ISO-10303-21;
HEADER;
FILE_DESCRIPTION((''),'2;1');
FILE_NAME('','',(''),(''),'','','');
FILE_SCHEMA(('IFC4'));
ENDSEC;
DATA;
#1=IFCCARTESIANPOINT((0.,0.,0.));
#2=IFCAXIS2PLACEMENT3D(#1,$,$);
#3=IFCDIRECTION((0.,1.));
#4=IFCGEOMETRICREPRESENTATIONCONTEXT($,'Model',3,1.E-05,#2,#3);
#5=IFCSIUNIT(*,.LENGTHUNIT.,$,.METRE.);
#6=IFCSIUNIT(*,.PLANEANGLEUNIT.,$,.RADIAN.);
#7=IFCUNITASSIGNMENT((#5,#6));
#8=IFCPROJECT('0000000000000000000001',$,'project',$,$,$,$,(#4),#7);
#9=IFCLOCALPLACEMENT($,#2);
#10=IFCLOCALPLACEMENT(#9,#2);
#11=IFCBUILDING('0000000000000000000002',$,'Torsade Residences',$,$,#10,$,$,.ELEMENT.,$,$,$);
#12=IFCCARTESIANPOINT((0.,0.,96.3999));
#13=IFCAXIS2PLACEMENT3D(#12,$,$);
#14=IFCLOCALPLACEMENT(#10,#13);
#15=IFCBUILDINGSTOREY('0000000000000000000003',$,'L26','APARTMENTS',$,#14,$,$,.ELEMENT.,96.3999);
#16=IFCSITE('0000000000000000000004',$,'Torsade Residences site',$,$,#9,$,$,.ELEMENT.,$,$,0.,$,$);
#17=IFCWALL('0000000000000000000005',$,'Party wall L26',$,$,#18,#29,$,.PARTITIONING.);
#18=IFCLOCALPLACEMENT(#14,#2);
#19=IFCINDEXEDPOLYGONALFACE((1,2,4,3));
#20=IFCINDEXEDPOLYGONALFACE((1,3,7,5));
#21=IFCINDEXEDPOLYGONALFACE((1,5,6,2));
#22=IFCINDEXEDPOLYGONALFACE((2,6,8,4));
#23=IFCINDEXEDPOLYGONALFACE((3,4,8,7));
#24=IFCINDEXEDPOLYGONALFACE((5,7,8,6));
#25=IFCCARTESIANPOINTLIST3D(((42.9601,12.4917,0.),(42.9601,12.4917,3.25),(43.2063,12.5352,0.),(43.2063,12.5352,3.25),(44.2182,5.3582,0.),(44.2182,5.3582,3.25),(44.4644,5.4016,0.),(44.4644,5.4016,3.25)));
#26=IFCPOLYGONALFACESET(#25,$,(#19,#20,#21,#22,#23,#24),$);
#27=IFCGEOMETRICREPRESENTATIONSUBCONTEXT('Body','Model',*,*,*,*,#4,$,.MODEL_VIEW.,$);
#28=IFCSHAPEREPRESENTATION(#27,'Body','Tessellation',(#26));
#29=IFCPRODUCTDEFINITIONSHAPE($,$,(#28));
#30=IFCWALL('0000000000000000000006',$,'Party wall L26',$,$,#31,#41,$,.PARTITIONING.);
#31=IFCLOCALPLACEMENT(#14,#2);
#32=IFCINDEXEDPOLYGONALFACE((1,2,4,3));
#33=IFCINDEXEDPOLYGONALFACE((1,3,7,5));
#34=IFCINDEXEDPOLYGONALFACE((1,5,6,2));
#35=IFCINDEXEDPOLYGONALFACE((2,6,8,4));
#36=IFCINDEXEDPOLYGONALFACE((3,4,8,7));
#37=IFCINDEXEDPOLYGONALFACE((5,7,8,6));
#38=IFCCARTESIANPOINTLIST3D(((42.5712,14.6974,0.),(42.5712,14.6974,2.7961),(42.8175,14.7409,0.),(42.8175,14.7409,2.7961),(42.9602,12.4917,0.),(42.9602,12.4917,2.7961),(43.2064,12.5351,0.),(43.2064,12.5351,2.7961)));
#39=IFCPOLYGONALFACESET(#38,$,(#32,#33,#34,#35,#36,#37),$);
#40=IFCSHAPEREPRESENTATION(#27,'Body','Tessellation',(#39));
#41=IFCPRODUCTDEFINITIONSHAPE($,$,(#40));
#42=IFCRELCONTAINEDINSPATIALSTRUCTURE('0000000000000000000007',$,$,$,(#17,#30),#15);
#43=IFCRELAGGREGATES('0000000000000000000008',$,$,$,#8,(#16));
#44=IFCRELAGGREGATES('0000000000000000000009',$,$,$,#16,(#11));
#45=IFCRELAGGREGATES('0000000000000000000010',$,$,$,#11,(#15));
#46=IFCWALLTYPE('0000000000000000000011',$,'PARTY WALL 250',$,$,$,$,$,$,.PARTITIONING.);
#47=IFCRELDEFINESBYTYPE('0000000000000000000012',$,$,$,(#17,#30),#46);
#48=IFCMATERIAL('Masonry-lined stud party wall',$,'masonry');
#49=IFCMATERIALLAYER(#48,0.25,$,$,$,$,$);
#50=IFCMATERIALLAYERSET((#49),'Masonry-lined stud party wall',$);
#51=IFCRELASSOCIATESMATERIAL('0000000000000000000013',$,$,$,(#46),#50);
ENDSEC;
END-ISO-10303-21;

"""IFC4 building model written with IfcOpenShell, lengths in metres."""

from ifc_helpers import new_model, si_unit, direction, frame, frame_2d, origin, place, context, subcontext, project, spatial, rectangle, extrude, material, layer, layer_set, type_object, element, save


model = new_model("IFC4")

# Units and contexts
model_context = context("Model", 3, precision=1e-05, world=origin(), true_north=direction((0.0, 1.0)))
body_context = subcontext(model_context, "Body", "Model", "MODEL_VIEW")
ifc_project = project(units=[si_unit("LENGTHUNIT", "METRE"), si_unit("PLANEANGLEUNIT", "RADIAN")], contexts=[model_context])

# Site, building, storey
site_placement = place(None, origin())
site = spatial("IfcSite", under=ifc_project, at=site_placement, Name="Torsade Residences site", CompositionType="ELEMENT", RefElevation=0.0)
building_placement = place(site_placement, origin())
building = spatial("IfcBuilding", under=site, at=building_placement, Name="Torsade Residences", CompositionType="ELEMENT")
storey_placement = place(building_placement, frame((0.0, 0.0, 96.3999)))
storey = spatial("IfcBuildingStorey", under=building, at=storey_placement, Name="L26", Description="APARTMENTS", CompositionType="ELEMENT", Elevation=96.3999)

# Walls
ifc_material_1 = material(Name="Masonry-lined stud party wall", Category="masonry")
ifc_layer_1 = layer(ifc_material_1, 0.25)
ifc_layer_set_1 = layer_set([ifc_layer_1], Name="Masonry-lined stud party wall")
wall_type_1 = type_object("IfcWallType", Name="PARTY WALL 250", PredefinedType="PARTITIONING", material=ifc_layer_set_1)
wall_1_placement = place(storey_placement, frame((44.3413, 5.3799, 0.0), z_axis=(0.0, 0.0, 1.0), x_axis=(-0.173678, 0.984803, 0.0)))
element("IfcWall", 1, at=wall_1_placement, inside=storey, type_object=wall_type_1, Name="Party wall L26", PredefinedType="PARTITIONING", context=body_context, shape_type="SweptSolid", body=[
    extrude(rectangle(XDim=7.2437, YDim=0.25, at=frame_2d((3.6218, 0.0))), origin(), (0.0, 0.0, 1.0), 3.25),
])
wall_2_placement = place(storey_placement, frame((43.0833, 12.5134, 0.0), z_axis=(0.0, 0.0, 1.0), x_axis=(-0.173636, 0.98481, 0.0)))
element("IfcWall", 2, at=wall_2_placement, inside=storey, type_object=wall_type_1, Name="Party wall L26", PredefinedType="PARTITIONING", context=body_context, shape_type="SweptSolid", body=[
    extrude(rectangle(XDim=2.2397, YDim=0.25, at=frame_2d((1.1199, 0.0))), origin(), (0.0, 0.0, 1.0), 2.7961),
])

save(model, "model.ifc")
